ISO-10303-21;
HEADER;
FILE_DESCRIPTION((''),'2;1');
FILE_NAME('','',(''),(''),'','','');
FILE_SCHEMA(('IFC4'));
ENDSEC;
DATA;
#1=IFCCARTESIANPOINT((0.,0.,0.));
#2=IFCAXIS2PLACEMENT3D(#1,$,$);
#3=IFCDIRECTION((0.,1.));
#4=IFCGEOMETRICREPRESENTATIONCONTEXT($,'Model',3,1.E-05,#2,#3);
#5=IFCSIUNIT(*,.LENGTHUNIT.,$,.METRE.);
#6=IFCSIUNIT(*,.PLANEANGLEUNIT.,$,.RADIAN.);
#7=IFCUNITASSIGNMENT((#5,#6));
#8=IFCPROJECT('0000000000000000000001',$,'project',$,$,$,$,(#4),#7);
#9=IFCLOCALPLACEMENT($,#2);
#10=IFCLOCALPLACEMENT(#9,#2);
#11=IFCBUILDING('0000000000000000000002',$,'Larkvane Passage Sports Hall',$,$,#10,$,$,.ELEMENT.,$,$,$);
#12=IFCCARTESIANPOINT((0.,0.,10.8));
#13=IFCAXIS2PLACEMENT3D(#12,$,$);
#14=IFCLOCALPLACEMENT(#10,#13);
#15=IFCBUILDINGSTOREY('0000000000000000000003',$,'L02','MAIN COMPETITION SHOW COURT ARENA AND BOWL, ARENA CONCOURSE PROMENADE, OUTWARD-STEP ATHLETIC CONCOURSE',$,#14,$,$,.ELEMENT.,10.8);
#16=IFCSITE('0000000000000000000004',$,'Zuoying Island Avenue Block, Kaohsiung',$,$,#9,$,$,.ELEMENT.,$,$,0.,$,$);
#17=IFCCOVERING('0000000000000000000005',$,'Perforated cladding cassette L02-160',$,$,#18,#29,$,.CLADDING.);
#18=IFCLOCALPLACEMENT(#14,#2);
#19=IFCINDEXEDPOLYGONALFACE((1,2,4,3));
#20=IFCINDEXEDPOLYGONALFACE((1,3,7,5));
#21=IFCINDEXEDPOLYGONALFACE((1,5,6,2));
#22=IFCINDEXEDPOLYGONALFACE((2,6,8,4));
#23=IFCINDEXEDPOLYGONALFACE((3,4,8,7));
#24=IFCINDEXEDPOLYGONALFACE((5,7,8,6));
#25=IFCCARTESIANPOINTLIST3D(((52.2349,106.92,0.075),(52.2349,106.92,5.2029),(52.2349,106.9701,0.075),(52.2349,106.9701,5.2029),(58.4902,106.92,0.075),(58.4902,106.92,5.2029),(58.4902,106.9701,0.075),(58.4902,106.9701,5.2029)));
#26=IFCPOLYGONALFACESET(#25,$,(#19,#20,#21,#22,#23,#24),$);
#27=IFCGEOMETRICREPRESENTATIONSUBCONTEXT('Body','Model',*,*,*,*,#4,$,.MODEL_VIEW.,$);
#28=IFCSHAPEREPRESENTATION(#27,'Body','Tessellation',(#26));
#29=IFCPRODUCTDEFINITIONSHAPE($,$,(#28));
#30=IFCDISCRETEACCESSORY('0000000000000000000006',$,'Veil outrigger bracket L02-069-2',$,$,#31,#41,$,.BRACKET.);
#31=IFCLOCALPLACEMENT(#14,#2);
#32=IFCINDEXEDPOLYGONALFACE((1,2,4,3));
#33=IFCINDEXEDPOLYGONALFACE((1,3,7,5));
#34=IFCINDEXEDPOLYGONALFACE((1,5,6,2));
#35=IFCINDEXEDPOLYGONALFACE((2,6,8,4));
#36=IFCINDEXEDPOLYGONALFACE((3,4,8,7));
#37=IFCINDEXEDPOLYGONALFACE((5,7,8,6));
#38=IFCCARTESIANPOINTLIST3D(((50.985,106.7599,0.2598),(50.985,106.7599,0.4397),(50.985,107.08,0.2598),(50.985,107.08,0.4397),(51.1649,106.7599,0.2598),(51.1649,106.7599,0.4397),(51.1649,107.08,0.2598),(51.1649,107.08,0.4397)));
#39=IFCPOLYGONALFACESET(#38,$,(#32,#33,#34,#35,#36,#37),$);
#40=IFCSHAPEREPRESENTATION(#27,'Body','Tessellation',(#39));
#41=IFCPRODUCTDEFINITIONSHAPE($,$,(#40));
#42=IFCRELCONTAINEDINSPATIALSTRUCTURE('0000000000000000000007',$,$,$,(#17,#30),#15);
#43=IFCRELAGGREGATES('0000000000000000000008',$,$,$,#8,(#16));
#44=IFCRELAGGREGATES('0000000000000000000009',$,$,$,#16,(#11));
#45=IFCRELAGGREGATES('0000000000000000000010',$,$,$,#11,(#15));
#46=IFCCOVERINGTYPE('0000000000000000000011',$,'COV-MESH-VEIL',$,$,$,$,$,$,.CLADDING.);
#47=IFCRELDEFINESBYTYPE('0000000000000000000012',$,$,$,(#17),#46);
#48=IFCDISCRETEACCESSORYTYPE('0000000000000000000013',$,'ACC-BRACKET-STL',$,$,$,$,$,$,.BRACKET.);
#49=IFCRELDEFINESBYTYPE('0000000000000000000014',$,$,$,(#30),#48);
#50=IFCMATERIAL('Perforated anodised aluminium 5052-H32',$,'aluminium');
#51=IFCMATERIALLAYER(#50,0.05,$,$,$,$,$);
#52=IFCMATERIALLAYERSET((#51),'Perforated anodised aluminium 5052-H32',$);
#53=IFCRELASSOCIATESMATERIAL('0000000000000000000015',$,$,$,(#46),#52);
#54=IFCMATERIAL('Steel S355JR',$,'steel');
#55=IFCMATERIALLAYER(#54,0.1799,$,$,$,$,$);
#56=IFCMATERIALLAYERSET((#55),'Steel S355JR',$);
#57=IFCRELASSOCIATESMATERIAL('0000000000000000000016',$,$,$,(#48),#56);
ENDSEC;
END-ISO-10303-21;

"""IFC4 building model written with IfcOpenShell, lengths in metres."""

from ifc_helpers import new_model, si_unit, direction, frame, origin, origin_2d, place, context, subcontext, project, spatial, rectangle, extrude, material, layer, layer_set, type_object, element, save


model = new_model("IFC4")

# Units and contexts
model_context = context("Model", 3, precision=1e-05, world=origin(), true_north=direction((0.0, 1.0)))
body_context = subcontext(model_context, "Body", "Model", "MODEL_VIEW")
ifc_project = project(units=[si_unit("LENGTHUNIT", "METRE"), si_unit("PLANEANGLEUNIT", "RADIAN")], contexts=[model_context])

# Site, building, storey
site_placement = place(None, origin())
site = spatial("IfcSite", under=ifc_project, at=site_placement, Name="Zuoying Island Avenue Block, Kaohsiung", CompositionType="ELEMENT", RefElevation=0.0)
building_placement = place(site_placement, origin())
building = spatial("IfcBuilding", under=site, at=building_placement, Name="Larkvane Passage Sports Hall", CompositionType="ELEMENT")
storey_placement = place(building_placement, frame((0.0, 0.0, 10.8)))
storey = spatial("IfcBuildingStorey", under=building, at=storey_placement, Name="L02", Description="MAIN COMPETITION SHOW COURT ARENA AND BOWL, ARENA CONCOURSE PROMENADE, OUTWARD-STEP ATHLETIC CONCOURSE", CompositionType="ELEMENT", Elevation=10.8)

# Covering
ifc_material_1 = material(Name="Perforated anodised aluminium 5052-H32", Category="aluminium")
ifc_layer_1 = layer(ifc_material_1, 0.05)
ifc_layer_set_1 = layer_set([ifc_layer_1], Name="Perforated anodised aluminium 5052-H32")
covering_type = type_object("IfcCoveringType", Name="COV-MESH-VEIL", PredefinedType="CLADDING", material=ifc_layer_set_1)
covering_placement = place(storey_placement, frame((55.3625, 106.9451, 0.075), z_axis=(0.0, 0.0, 1.0), x_axis=(1.0, 0.0, 0.0)))
element("IfcCovering", 1, at=covering_placement, inside=storey, type_object=covering_type, Name="Perforated cladding cassette L02-160", PredefinedType="CLADDING", context=body_context, shape_type="SweptSolid", body=[
    extrude(rectangle(XDim=6.2554, YDim=0.05, at=origin_2d()), origin(), (0.0, 0.0, 1.0), 5.1279),
])

# Discrete accessory
ifc_material_2 = material(Name="Steel S355JR", Category="steel")
ifc_layer_2 = layer(ifc_material_2, 0.1799)
ifc_layer_set_2 = layer_set([ifc_layer_2], Name="Steel S355JR")
discrete_accessory_type = type_object("IfcDiscreteAccessoryType", Name="ACC-BRACKET-STL", PredefinedType="BRACKET", material=ifc_layer_set_2)
discrete_accessory_placement = place(storey_placement, frame((51.075, 106.9199, 0.2598), z_axis=(0.0, 0.0, 1.0), x_axis=(1.0, 0.0, 0.0)))
element("IfcDiscreteAccessory", 2, at=discrete_accessory_placement, inside=storey, type_object=discrete_accessory_type, Name="Veil outrigger bracket L02-069-2", PredefinedType="BRACKET", context=body_context, shape_type="SweptSolid", body=[
    extrude(rectangle(XDim=0.1799, YDim=0.3201, at=origin_2d()), origin(), (0.0, 0.0, 1.0), 0.1799),
])

save(model, "model.ifc")
